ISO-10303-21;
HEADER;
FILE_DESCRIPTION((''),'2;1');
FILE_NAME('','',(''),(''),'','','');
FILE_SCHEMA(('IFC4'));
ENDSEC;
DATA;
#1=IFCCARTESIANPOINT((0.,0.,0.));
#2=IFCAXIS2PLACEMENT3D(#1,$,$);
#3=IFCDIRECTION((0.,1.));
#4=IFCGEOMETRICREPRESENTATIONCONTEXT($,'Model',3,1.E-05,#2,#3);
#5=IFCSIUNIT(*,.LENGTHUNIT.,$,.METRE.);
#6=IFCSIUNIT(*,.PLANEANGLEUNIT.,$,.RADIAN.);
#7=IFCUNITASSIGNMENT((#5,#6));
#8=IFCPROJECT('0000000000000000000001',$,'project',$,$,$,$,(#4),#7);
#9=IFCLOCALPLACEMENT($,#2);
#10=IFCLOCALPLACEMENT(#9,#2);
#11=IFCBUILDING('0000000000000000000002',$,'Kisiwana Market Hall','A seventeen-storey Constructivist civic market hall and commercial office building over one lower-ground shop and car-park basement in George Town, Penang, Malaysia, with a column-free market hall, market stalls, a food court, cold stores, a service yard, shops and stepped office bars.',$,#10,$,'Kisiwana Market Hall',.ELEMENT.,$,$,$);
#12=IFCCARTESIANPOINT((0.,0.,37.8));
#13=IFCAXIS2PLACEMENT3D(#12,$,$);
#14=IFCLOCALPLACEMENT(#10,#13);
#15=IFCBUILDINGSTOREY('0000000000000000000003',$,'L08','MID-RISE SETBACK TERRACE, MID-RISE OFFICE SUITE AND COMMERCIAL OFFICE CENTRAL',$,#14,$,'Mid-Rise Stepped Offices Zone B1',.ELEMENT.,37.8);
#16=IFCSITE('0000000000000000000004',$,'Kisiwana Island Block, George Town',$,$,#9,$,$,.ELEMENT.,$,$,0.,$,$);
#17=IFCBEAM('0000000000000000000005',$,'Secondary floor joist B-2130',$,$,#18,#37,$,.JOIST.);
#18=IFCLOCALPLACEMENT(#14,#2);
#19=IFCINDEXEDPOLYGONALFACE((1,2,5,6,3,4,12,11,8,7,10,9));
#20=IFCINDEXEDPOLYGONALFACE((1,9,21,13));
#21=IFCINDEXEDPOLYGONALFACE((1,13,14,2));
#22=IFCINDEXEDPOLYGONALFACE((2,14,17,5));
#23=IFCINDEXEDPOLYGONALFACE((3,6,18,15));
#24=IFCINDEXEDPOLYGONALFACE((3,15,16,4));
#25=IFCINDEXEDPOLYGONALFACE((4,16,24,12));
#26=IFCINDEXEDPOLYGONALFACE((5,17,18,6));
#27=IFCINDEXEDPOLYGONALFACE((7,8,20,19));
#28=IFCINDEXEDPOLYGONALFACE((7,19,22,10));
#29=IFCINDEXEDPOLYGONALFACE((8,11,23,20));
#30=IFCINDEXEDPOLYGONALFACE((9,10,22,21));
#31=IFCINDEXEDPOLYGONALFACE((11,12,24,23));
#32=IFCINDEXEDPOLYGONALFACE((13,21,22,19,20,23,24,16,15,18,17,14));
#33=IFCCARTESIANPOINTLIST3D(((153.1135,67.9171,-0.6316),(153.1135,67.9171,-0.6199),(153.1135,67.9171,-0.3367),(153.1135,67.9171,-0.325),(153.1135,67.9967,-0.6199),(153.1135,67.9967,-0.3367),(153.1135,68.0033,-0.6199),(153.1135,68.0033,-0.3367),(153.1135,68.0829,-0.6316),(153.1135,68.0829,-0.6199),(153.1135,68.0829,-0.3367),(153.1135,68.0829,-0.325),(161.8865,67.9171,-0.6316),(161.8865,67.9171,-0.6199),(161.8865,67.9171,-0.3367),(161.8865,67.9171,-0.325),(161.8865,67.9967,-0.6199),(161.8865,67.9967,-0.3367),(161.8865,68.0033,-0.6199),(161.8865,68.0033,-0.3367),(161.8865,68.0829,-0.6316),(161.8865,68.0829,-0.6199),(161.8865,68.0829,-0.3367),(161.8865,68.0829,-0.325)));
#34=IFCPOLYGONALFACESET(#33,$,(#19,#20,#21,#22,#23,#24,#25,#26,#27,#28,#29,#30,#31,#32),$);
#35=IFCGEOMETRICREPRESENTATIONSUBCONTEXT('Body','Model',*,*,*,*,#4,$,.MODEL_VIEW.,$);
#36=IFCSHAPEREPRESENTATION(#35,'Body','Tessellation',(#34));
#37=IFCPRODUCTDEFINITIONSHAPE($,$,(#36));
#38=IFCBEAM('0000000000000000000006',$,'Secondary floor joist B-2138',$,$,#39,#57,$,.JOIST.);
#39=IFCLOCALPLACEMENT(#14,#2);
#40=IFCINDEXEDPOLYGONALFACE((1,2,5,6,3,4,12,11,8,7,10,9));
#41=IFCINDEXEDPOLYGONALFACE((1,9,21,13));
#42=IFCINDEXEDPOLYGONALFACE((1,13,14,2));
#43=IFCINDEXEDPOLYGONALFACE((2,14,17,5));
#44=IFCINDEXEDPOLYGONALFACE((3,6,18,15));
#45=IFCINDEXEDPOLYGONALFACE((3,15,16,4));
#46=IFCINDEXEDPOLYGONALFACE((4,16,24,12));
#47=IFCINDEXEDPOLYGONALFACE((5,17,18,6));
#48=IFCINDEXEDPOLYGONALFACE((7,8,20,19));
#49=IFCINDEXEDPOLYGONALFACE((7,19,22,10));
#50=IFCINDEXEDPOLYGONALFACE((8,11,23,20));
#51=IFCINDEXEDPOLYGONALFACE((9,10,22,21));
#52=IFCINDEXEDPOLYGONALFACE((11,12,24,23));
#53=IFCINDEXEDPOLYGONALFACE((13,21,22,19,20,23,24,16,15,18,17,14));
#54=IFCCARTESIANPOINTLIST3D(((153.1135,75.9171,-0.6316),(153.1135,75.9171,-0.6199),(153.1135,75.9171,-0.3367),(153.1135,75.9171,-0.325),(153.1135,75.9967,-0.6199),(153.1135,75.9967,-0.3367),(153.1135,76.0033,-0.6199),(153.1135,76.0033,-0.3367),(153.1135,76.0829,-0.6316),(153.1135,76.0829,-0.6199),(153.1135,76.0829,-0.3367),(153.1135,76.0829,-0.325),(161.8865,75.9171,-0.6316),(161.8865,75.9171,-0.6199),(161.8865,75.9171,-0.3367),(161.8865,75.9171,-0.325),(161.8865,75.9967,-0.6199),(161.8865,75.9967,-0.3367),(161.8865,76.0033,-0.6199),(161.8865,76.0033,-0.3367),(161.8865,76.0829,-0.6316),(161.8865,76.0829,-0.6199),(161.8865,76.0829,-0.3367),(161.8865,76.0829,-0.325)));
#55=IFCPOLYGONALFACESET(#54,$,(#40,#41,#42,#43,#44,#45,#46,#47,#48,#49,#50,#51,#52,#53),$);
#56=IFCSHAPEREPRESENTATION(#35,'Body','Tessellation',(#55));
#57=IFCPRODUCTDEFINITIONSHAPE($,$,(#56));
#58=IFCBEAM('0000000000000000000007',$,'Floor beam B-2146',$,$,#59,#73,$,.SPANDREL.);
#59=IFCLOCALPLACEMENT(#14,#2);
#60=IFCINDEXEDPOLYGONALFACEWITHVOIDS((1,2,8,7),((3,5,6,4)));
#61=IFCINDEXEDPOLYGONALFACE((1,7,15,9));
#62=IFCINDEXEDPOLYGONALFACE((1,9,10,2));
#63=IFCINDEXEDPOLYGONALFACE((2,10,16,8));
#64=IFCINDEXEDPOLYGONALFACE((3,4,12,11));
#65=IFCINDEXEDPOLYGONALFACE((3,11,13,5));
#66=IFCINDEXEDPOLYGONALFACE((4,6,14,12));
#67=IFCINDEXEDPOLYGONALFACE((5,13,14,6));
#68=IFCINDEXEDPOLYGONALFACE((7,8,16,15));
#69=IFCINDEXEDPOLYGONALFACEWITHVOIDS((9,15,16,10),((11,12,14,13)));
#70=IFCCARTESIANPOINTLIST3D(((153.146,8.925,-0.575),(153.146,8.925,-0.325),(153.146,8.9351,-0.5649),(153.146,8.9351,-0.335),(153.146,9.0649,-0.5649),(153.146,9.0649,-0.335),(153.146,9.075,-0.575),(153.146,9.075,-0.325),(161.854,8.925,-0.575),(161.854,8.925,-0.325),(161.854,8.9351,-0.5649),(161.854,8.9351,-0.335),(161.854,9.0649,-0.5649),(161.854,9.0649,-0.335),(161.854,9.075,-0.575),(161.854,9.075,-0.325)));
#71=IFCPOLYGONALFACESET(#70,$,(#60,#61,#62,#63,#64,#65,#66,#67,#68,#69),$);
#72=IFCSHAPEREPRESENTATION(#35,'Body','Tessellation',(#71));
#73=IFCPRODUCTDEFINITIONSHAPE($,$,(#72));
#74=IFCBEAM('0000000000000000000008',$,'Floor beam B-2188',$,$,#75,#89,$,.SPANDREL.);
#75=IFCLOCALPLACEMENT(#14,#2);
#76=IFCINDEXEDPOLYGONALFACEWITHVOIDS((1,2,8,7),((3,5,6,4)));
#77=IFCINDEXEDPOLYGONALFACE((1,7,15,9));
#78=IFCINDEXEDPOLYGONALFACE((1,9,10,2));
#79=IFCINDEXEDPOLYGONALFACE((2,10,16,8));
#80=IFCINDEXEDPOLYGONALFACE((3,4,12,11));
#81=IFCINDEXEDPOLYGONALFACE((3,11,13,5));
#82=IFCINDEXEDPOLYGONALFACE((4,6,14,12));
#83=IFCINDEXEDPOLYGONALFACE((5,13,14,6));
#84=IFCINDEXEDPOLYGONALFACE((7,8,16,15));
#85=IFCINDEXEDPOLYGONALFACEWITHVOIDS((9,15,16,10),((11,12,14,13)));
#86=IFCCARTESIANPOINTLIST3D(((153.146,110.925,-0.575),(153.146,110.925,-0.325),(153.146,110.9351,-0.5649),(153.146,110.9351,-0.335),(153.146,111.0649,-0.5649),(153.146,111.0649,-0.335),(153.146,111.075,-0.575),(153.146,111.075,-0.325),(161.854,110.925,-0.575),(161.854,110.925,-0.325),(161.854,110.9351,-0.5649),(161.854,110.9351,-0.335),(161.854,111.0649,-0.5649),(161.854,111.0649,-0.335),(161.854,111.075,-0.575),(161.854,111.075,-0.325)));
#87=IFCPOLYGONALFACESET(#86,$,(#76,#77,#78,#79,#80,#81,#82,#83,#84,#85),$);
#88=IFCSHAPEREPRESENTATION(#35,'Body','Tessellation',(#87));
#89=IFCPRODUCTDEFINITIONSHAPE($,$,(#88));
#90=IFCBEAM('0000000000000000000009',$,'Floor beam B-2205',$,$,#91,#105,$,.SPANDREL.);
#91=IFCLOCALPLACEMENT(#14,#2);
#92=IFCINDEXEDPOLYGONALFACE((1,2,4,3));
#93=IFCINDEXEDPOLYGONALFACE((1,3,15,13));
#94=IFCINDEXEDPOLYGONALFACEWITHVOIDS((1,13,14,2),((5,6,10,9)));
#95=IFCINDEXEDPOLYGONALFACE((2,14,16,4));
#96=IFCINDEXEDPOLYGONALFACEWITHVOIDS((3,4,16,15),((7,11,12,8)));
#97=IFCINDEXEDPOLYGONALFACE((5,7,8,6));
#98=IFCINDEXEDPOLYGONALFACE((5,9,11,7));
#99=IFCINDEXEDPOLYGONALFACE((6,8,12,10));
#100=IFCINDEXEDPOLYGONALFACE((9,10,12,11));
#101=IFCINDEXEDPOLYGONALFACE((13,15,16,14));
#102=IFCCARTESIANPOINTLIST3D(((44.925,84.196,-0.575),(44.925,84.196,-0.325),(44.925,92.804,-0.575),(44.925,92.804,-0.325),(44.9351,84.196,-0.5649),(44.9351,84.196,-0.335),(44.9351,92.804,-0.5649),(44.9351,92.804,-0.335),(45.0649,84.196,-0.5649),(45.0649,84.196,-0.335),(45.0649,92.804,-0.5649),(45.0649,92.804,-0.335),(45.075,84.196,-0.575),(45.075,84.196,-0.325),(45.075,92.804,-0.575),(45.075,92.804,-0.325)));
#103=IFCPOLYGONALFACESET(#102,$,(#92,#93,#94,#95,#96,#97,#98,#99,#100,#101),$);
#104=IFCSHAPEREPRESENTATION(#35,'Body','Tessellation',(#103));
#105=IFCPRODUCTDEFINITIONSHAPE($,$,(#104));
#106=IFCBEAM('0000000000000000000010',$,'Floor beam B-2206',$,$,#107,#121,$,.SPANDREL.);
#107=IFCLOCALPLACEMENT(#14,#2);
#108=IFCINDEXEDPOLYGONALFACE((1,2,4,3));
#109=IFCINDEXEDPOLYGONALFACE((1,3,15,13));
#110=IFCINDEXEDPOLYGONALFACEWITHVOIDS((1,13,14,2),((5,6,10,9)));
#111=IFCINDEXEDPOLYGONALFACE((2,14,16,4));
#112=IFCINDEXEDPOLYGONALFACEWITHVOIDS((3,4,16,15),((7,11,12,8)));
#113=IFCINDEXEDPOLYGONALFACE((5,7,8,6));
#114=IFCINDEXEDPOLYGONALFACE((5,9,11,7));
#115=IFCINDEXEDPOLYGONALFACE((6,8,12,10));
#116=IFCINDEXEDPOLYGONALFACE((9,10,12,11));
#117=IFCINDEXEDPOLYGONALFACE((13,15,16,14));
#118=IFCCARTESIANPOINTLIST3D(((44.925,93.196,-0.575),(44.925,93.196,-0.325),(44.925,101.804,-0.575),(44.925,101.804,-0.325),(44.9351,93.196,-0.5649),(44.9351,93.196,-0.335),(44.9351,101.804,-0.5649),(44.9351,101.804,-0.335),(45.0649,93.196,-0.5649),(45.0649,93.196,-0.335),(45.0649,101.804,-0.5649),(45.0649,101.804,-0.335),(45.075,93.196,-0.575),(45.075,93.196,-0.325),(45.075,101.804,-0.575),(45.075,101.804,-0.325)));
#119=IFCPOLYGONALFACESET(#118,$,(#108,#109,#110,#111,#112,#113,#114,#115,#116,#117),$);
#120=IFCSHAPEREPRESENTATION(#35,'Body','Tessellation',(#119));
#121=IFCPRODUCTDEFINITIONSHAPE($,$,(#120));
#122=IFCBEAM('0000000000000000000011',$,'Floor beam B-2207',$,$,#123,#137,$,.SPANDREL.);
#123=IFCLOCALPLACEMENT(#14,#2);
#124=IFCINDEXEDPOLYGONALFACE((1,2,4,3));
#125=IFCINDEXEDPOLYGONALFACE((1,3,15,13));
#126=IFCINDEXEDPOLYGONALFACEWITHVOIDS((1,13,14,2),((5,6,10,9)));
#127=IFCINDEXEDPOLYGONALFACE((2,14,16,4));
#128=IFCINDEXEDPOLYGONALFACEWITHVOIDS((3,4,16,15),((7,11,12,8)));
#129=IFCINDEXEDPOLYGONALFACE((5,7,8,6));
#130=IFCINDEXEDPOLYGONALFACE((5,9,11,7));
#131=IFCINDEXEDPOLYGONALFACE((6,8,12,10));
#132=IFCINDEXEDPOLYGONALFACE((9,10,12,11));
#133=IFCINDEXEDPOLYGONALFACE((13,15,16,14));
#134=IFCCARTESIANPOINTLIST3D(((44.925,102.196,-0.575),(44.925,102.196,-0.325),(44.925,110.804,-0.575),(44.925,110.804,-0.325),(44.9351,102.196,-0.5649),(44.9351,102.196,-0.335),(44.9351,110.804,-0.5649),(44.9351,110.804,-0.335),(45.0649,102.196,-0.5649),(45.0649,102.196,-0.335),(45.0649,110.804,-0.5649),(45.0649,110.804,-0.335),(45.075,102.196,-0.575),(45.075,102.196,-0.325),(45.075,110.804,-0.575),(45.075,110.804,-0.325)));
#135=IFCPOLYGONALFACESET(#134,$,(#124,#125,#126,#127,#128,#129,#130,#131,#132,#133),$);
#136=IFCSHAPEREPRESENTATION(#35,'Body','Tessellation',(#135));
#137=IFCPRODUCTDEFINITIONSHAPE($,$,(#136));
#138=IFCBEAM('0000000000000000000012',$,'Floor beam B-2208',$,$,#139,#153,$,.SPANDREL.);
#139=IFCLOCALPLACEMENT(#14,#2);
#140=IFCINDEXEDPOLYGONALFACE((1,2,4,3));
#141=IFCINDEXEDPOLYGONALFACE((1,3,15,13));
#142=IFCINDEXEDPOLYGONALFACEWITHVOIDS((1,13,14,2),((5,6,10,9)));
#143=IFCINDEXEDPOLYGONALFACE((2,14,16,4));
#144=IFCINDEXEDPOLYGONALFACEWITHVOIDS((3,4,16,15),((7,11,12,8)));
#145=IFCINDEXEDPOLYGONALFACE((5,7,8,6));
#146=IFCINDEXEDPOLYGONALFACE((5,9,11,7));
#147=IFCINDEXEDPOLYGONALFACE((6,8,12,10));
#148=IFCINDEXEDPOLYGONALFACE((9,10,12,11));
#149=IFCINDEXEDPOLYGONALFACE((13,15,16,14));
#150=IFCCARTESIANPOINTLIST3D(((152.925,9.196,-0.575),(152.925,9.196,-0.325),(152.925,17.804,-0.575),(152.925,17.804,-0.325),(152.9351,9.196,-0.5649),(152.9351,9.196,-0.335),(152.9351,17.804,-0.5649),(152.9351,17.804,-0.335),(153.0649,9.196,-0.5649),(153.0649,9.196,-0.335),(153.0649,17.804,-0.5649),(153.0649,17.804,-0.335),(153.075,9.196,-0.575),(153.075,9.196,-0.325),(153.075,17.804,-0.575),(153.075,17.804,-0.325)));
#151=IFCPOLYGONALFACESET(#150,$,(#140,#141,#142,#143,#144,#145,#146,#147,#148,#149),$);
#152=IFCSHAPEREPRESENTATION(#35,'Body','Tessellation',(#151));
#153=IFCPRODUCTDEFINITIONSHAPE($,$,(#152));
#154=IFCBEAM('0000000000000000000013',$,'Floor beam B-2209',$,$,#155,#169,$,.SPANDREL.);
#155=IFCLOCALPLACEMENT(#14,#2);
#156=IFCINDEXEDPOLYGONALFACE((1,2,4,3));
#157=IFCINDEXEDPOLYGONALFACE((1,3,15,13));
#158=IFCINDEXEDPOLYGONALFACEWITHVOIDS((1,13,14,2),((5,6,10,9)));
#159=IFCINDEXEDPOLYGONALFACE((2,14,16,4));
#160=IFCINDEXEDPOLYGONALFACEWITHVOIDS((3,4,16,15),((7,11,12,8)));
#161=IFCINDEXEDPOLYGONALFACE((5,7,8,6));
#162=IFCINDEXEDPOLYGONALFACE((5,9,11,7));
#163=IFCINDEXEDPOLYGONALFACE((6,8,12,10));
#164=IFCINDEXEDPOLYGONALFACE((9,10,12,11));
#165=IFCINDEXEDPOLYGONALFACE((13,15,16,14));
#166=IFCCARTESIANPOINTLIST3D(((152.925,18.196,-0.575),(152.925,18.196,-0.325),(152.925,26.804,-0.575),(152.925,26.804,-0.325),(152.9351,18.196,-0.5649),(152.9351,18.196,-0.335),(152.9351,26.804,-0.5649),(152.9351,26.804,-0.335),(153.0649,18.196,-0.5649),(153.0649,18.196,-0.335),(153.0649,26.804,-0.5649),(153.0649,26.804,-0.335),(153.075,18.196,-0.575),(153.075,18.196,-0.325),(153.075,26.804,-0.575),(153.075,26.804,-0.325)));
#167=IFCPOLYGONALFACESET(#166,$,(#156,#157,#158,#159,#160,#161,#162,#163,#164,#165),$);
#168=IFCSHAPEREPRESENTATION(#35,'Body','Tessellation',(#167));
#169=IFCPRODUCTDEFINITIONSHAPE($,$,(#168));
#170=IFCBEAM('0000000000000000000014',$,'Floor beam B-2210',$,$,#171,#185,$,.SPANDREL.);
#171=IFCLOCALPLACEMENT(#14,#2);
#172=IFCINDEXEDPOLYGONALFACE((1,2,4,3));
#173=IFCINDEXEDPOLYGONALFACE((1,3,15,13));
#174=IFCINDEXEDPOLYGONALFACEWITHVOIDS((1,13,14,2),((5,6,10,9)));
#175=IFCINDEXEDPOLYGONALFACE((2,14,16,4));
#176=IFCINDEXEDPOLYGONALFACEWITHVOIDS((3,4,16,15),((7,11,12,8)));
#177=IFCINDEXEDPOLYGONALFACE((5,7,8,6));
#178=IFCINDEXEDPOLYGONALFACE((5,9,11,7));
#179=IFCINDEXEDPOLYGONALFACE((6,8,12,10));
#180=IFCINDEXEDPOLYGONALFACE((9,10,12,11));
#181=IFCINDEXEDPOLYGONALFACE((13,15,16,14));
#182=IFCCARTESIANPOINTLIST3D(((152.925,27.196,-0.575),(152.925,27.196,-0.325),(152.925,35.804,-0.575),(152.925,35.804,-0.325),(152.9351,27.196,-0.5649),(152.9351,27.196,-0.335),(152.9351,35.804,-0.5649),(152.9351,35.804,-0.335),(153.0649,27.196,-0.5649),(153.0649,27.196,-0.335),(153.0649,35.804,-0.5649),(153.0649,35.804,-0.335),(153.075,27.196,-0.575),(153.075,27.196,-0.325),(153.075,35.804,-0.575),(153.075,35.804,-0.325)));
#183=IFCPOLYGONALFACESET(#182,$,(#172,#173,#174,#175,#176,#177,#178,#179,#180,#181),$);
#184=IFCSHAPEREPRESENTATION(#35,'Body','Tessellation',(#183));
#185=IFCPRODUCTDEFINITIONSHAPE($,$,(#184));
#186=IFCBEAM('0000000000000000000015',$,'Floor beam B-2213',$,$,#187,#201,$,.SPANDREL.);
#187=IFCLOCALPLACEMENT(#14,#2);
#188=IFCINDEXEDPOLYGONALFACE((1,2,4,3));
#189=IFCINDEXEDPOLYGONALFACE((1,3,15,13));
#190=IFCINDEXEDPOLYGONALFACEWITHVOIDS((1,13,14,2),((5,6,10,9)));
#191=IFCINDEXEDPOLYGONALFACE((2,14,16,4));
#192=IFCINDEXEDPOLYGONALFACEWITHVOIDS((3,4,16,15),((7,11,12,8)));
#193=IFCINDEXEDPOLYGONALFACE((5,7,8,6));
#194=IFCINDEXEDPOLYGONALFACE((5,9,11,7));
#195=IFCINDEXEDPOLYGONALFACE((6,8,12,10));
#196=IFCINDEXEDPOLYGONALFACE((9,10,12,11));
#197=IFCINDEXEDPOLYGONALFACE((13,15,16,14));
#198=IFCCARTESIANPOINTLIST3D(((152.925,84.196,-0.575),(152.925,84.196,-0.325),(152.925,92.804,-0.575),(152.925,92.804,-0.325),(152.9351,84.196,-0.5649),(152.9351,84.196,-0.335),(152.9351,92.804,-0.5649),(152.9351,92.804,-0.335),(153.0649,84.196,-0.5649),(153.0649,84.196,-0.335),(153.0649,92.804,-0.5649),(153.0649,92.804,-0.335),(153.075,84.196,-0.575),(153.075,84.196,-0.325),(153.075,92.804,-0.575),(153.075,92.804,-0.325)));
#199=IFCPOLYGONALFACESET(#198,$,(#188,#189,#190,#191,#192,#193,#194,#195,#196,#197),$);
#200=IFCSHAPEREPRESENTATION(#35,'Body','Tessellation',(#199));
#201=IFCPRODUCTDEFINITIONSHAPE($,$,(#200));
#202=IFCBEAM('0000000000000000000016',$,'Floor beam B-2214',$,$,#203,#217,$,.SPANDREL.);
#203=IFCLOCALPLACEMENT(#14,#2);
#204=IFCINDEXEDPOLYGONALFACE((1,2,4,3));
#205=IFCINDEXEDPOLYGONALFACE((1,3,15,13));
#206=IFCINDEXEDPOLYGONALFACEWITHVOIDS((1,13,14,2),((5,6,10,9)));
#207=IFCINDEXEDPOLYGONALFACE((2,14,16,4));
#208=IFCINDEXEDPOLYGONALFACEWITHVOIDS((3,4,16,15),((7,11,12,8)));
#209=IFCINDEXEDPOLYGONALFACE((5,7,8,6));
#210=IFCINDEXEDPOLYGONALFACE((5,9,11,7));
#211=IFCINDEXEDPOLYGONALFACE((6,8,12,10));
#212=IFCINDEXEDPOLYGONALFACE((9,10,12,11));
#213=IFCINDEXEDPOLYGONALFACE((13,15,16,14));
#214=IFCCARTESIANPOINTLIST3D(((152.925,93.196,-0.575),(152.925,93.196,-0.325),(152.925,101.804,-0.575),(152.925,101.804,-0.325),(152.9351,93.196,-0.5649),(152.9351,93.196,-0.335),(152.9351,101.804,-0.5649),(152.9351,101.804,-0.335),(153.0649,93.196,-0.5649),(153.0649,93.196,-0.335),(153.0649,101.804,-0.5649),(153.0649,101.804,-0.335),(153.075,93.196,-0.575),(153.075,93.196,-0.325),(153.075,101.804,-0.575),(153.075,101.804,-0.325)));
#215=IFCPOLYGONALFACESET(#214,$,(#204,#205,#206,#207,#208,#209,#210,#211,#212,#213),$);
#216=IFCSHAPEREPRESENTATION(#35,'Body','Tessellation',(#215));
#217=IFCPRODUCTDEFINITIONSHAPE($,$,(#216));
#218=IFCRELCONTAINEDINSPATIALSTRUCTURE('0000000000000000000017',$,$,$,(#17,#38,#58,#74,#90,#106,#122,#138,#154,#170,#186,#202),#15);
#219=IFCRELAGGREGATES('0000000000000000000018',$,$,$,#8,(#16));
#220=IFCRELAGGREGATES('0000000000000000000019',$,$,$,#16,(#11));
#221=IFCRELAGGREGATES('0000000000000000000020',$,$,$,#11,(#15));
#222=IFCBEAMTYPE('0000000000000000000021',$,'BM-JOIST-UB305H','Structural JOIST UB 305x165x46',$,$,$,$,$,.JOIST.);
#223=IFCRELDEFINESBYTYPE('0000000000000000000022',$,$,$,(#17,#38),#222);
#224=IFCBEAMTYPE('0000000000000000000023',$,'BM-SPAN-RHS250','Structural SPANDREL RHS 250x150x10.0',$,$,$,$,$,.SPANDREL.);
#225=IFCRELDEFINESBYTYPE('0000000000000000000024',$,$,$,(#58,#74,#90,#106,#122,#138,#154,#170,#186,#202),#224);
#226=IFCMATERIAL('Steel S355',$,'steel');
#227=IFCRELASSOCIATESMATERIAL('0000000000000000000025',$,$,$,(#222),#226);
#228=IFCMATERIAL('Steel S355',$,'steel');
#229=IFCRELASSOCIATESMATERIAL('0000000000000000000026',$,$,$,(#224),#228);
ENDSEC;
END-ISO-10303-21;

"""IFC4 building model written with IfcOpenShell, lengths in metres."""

from ifc_helpers import new_model, si_unit, direction, frame, origin, origin_2d, place, context, subcontext, project, spatial, hollow_rectangle, i_section, extrude, material, material_profile, profile_set, type_object, element, save


model = new_model("IFC4")

# Units and contexts
model_context = context("Model", 3, precision=1e-05, world=origin(), true_north=direction((0.0, 1.0)))
body_context = subcontext(model_context, "Body", "Model", "MODEL_VIEW")
ifc_project = project(units=[si_unit("LENGTHUNIT", "METRE"), si_unit("PLANEANGLEUNIT", "RADIAN")], contexts=[model_context])

# Site, building, storey
site_placement = place(None, origin())
site = spatial("IfcSite", under=ifc_project, at=site_placement, Name="Kisiwana Island Block, George Town", CompositionType="ELEMENT", RefElevation=0.0)
building_placement = place(site_placement, origin())
building = spatial("IfcBuilding", under=site, at=building_placement, Name="Kisiwana Market Hall", Description="A seventeen-storey Constructivist civic market hall and commercial office building over one lower-ground shop and car-park basement in George Town, Penang, Malaysia, with a column-free market hall, market stalls, a food court, cold stores, a service yard, shops and stepped office bars.", LongName="Kisiwana Market Hall", CompositionType="ELEMENT")
storey_placement = place(building_placement, frame((0.0, 0.0, 37.8)))
storey = spatial("IfcBuildingStorey", under=building, at=storey_placement, Name="L08", Description="MID-RISE SETBACK TERRACE, MID-RISE OFFICE SUITE AND COMMERCIAL OFFICE CENTRAL", LongName="Mid-Rise Stepped Offices Zone B1", CompositionType="ELEMENT", Elevation=37.8)

# Beams
ifc_material_1 = material(Name="Steel S355", Category="steel")
ifc_material_profile_1 = material_profile(ifc_material_1, i_section(OverallWidth=0.1658, OverallDepth=0.3066, WebThickness=0.0066, FlangeThickness=0.0117, at=origin_2d()), Name="UB 305x165x46")
ifc_profile_set_1 = profile_set([ifc_material_profile_1], Name="Steel S355")
beam_type_1 = type_object("IfcBeamType", Name="BM-JOIST-UB305H", Description="Structural JOIST UB 305x165x46", PredefinedType="JOIST", material=ifc_profile_set_1)
for number, where, z_axis, x_axis, name in (
    (1, (153.1135, 68.0, -0.4783), (1.0, 0.0, 0.0), (0.0, 1.0, 0.0), "Secondary floor joist B-2130"),
    (2, (153.1135, 76.0, -0.4783), (1.0, 0.0, 0.0), (0.0, 1.0, 0.0), "Secondary floor joist B-2138"),
):
    element("IfcBeam", number, at=place(storey_placement, frame(where, z_axis=z_axis, x_axis=x_axis)), inside=storey, type_object=beam_type_1, Name=name, PredefinedType="JOIST", context=body_context, shape_type="SweptSolid", body=[
        extrude(i_section(OverallWidth=0.1658, OverallDepth=0.3066, WebThickness=0.0066, FlangeThickness=0.0117, at=origin_2d()), origin(), (0.0, 0.0, 1.0), 8.7729),
    ])
ifc_material_2 = material(Name="Steel S355", Category="steel")
ifc_material_profile_2 = material_profile(ifc_material_2, hollow_rectangle(XDim=0.1499, YDim=0.25, WallThickness=0.01, at=origin_2d()), Name="RHS 250x150x10.0")
ifc_profile_set_2 = profile_set([ifc_material_profile_2], Name="Steel S355")
beam_type_2 = type_object("IfcBeamType", Name="BM-SPAN-RHS250", Description="Structural SPANDREL RHS 250x150x10.0", PredefinedType="SPANDREL", material=ifc_profile_set_2)
for number, where, z_axis, x_axis, name in (
    (3, (153.146, 9.0, -0.45), (1.0, 0.0, 0.0), (0.0, 1.0, 0.0), "Floor beam B-2146"),
    (4, (153.146, 111.0, -0.45), (1.0, 0.0, 0.0), (0.0, 1.0, 0.0), "Floor beam B-2188"),
):
    element("IfcBeam", number, at=place(storey_placement, frame(where, z_axis=z_axis, x_axis=x_axis)), inside=storey, type_object=beam_type_2, Name=name, PredefinedType="SPANDREL", context=body_context, shape_type="SweptSolid", body=[
        extrude(hollow_rectangle(XDim=0.1499, YDim=0.25, WallThickness=0.01, at=origin_2d()), origin(), (0.0, 0.0, 1.0), 8.708),
    ])
for number, where, z_axis, x_axis, name in (
    (5, (45.0, 84.196, -0.45), (0.0, 1.0, 0.0), (-1.0, 0.0, 0.0), "Floor beam B-2205"),
    (6, (45.0, 93.196, -0.45), (0.0, 1.0, 0.0), (-1.0, 0.0, 0.0), "Floor beam B-2206"),
    (7, (45.0, 102.196, -0.45), (0.0, 1.0, 0.0), (-1.0, 0.0, 0.0), "Floor beam B-2207"),
    (8, (153.0, 9.196, -0.45), (0.0, 1.0, 0.0), (-1.0, 0.0, 0.0), "Floor beam B-2208"),
    (9, (153.0, 18.196, -0.45), (0.0, 1.0, 0.0), (-1.0, 0.0, 0.0), "Floor beam B-2209"),
    (10, (153.0, 27.196, -0.45), (0.0, 1.0, 0.0), (-1.0, 0.0, 0.0), "Floor beam B-2210"),
    (11, (153.0, 84.196, -0.45), (0.0, 1.0, 0.0), (-1.0, 0.0, 0.0), "Floor beam B-2213"),
    (12, (153.0, 93.196, -0.45), (0.0, 1.0, 0.0), (-1.0, 0.0, 0.0), "Floor beam B-2214"),
):
    element("IfcBeam", number, at=place(storey_placement, frame(where, z_axis=z_axis, x_axis=x_axis)), inside=storey, type_object=beam_type_2, Name=name, PredefinedType="SPANDREL", context=body_context, shape_type="SweptSolid", body=[
        extrude(hollow_rectangle(XDim=0.1499, YDim=0.25, WallThickness=0.01, at=origin_2d()), origin(), (0.0, 0.0, 1.0), 8.6079),
    ])

save(model, "model.ifc")
